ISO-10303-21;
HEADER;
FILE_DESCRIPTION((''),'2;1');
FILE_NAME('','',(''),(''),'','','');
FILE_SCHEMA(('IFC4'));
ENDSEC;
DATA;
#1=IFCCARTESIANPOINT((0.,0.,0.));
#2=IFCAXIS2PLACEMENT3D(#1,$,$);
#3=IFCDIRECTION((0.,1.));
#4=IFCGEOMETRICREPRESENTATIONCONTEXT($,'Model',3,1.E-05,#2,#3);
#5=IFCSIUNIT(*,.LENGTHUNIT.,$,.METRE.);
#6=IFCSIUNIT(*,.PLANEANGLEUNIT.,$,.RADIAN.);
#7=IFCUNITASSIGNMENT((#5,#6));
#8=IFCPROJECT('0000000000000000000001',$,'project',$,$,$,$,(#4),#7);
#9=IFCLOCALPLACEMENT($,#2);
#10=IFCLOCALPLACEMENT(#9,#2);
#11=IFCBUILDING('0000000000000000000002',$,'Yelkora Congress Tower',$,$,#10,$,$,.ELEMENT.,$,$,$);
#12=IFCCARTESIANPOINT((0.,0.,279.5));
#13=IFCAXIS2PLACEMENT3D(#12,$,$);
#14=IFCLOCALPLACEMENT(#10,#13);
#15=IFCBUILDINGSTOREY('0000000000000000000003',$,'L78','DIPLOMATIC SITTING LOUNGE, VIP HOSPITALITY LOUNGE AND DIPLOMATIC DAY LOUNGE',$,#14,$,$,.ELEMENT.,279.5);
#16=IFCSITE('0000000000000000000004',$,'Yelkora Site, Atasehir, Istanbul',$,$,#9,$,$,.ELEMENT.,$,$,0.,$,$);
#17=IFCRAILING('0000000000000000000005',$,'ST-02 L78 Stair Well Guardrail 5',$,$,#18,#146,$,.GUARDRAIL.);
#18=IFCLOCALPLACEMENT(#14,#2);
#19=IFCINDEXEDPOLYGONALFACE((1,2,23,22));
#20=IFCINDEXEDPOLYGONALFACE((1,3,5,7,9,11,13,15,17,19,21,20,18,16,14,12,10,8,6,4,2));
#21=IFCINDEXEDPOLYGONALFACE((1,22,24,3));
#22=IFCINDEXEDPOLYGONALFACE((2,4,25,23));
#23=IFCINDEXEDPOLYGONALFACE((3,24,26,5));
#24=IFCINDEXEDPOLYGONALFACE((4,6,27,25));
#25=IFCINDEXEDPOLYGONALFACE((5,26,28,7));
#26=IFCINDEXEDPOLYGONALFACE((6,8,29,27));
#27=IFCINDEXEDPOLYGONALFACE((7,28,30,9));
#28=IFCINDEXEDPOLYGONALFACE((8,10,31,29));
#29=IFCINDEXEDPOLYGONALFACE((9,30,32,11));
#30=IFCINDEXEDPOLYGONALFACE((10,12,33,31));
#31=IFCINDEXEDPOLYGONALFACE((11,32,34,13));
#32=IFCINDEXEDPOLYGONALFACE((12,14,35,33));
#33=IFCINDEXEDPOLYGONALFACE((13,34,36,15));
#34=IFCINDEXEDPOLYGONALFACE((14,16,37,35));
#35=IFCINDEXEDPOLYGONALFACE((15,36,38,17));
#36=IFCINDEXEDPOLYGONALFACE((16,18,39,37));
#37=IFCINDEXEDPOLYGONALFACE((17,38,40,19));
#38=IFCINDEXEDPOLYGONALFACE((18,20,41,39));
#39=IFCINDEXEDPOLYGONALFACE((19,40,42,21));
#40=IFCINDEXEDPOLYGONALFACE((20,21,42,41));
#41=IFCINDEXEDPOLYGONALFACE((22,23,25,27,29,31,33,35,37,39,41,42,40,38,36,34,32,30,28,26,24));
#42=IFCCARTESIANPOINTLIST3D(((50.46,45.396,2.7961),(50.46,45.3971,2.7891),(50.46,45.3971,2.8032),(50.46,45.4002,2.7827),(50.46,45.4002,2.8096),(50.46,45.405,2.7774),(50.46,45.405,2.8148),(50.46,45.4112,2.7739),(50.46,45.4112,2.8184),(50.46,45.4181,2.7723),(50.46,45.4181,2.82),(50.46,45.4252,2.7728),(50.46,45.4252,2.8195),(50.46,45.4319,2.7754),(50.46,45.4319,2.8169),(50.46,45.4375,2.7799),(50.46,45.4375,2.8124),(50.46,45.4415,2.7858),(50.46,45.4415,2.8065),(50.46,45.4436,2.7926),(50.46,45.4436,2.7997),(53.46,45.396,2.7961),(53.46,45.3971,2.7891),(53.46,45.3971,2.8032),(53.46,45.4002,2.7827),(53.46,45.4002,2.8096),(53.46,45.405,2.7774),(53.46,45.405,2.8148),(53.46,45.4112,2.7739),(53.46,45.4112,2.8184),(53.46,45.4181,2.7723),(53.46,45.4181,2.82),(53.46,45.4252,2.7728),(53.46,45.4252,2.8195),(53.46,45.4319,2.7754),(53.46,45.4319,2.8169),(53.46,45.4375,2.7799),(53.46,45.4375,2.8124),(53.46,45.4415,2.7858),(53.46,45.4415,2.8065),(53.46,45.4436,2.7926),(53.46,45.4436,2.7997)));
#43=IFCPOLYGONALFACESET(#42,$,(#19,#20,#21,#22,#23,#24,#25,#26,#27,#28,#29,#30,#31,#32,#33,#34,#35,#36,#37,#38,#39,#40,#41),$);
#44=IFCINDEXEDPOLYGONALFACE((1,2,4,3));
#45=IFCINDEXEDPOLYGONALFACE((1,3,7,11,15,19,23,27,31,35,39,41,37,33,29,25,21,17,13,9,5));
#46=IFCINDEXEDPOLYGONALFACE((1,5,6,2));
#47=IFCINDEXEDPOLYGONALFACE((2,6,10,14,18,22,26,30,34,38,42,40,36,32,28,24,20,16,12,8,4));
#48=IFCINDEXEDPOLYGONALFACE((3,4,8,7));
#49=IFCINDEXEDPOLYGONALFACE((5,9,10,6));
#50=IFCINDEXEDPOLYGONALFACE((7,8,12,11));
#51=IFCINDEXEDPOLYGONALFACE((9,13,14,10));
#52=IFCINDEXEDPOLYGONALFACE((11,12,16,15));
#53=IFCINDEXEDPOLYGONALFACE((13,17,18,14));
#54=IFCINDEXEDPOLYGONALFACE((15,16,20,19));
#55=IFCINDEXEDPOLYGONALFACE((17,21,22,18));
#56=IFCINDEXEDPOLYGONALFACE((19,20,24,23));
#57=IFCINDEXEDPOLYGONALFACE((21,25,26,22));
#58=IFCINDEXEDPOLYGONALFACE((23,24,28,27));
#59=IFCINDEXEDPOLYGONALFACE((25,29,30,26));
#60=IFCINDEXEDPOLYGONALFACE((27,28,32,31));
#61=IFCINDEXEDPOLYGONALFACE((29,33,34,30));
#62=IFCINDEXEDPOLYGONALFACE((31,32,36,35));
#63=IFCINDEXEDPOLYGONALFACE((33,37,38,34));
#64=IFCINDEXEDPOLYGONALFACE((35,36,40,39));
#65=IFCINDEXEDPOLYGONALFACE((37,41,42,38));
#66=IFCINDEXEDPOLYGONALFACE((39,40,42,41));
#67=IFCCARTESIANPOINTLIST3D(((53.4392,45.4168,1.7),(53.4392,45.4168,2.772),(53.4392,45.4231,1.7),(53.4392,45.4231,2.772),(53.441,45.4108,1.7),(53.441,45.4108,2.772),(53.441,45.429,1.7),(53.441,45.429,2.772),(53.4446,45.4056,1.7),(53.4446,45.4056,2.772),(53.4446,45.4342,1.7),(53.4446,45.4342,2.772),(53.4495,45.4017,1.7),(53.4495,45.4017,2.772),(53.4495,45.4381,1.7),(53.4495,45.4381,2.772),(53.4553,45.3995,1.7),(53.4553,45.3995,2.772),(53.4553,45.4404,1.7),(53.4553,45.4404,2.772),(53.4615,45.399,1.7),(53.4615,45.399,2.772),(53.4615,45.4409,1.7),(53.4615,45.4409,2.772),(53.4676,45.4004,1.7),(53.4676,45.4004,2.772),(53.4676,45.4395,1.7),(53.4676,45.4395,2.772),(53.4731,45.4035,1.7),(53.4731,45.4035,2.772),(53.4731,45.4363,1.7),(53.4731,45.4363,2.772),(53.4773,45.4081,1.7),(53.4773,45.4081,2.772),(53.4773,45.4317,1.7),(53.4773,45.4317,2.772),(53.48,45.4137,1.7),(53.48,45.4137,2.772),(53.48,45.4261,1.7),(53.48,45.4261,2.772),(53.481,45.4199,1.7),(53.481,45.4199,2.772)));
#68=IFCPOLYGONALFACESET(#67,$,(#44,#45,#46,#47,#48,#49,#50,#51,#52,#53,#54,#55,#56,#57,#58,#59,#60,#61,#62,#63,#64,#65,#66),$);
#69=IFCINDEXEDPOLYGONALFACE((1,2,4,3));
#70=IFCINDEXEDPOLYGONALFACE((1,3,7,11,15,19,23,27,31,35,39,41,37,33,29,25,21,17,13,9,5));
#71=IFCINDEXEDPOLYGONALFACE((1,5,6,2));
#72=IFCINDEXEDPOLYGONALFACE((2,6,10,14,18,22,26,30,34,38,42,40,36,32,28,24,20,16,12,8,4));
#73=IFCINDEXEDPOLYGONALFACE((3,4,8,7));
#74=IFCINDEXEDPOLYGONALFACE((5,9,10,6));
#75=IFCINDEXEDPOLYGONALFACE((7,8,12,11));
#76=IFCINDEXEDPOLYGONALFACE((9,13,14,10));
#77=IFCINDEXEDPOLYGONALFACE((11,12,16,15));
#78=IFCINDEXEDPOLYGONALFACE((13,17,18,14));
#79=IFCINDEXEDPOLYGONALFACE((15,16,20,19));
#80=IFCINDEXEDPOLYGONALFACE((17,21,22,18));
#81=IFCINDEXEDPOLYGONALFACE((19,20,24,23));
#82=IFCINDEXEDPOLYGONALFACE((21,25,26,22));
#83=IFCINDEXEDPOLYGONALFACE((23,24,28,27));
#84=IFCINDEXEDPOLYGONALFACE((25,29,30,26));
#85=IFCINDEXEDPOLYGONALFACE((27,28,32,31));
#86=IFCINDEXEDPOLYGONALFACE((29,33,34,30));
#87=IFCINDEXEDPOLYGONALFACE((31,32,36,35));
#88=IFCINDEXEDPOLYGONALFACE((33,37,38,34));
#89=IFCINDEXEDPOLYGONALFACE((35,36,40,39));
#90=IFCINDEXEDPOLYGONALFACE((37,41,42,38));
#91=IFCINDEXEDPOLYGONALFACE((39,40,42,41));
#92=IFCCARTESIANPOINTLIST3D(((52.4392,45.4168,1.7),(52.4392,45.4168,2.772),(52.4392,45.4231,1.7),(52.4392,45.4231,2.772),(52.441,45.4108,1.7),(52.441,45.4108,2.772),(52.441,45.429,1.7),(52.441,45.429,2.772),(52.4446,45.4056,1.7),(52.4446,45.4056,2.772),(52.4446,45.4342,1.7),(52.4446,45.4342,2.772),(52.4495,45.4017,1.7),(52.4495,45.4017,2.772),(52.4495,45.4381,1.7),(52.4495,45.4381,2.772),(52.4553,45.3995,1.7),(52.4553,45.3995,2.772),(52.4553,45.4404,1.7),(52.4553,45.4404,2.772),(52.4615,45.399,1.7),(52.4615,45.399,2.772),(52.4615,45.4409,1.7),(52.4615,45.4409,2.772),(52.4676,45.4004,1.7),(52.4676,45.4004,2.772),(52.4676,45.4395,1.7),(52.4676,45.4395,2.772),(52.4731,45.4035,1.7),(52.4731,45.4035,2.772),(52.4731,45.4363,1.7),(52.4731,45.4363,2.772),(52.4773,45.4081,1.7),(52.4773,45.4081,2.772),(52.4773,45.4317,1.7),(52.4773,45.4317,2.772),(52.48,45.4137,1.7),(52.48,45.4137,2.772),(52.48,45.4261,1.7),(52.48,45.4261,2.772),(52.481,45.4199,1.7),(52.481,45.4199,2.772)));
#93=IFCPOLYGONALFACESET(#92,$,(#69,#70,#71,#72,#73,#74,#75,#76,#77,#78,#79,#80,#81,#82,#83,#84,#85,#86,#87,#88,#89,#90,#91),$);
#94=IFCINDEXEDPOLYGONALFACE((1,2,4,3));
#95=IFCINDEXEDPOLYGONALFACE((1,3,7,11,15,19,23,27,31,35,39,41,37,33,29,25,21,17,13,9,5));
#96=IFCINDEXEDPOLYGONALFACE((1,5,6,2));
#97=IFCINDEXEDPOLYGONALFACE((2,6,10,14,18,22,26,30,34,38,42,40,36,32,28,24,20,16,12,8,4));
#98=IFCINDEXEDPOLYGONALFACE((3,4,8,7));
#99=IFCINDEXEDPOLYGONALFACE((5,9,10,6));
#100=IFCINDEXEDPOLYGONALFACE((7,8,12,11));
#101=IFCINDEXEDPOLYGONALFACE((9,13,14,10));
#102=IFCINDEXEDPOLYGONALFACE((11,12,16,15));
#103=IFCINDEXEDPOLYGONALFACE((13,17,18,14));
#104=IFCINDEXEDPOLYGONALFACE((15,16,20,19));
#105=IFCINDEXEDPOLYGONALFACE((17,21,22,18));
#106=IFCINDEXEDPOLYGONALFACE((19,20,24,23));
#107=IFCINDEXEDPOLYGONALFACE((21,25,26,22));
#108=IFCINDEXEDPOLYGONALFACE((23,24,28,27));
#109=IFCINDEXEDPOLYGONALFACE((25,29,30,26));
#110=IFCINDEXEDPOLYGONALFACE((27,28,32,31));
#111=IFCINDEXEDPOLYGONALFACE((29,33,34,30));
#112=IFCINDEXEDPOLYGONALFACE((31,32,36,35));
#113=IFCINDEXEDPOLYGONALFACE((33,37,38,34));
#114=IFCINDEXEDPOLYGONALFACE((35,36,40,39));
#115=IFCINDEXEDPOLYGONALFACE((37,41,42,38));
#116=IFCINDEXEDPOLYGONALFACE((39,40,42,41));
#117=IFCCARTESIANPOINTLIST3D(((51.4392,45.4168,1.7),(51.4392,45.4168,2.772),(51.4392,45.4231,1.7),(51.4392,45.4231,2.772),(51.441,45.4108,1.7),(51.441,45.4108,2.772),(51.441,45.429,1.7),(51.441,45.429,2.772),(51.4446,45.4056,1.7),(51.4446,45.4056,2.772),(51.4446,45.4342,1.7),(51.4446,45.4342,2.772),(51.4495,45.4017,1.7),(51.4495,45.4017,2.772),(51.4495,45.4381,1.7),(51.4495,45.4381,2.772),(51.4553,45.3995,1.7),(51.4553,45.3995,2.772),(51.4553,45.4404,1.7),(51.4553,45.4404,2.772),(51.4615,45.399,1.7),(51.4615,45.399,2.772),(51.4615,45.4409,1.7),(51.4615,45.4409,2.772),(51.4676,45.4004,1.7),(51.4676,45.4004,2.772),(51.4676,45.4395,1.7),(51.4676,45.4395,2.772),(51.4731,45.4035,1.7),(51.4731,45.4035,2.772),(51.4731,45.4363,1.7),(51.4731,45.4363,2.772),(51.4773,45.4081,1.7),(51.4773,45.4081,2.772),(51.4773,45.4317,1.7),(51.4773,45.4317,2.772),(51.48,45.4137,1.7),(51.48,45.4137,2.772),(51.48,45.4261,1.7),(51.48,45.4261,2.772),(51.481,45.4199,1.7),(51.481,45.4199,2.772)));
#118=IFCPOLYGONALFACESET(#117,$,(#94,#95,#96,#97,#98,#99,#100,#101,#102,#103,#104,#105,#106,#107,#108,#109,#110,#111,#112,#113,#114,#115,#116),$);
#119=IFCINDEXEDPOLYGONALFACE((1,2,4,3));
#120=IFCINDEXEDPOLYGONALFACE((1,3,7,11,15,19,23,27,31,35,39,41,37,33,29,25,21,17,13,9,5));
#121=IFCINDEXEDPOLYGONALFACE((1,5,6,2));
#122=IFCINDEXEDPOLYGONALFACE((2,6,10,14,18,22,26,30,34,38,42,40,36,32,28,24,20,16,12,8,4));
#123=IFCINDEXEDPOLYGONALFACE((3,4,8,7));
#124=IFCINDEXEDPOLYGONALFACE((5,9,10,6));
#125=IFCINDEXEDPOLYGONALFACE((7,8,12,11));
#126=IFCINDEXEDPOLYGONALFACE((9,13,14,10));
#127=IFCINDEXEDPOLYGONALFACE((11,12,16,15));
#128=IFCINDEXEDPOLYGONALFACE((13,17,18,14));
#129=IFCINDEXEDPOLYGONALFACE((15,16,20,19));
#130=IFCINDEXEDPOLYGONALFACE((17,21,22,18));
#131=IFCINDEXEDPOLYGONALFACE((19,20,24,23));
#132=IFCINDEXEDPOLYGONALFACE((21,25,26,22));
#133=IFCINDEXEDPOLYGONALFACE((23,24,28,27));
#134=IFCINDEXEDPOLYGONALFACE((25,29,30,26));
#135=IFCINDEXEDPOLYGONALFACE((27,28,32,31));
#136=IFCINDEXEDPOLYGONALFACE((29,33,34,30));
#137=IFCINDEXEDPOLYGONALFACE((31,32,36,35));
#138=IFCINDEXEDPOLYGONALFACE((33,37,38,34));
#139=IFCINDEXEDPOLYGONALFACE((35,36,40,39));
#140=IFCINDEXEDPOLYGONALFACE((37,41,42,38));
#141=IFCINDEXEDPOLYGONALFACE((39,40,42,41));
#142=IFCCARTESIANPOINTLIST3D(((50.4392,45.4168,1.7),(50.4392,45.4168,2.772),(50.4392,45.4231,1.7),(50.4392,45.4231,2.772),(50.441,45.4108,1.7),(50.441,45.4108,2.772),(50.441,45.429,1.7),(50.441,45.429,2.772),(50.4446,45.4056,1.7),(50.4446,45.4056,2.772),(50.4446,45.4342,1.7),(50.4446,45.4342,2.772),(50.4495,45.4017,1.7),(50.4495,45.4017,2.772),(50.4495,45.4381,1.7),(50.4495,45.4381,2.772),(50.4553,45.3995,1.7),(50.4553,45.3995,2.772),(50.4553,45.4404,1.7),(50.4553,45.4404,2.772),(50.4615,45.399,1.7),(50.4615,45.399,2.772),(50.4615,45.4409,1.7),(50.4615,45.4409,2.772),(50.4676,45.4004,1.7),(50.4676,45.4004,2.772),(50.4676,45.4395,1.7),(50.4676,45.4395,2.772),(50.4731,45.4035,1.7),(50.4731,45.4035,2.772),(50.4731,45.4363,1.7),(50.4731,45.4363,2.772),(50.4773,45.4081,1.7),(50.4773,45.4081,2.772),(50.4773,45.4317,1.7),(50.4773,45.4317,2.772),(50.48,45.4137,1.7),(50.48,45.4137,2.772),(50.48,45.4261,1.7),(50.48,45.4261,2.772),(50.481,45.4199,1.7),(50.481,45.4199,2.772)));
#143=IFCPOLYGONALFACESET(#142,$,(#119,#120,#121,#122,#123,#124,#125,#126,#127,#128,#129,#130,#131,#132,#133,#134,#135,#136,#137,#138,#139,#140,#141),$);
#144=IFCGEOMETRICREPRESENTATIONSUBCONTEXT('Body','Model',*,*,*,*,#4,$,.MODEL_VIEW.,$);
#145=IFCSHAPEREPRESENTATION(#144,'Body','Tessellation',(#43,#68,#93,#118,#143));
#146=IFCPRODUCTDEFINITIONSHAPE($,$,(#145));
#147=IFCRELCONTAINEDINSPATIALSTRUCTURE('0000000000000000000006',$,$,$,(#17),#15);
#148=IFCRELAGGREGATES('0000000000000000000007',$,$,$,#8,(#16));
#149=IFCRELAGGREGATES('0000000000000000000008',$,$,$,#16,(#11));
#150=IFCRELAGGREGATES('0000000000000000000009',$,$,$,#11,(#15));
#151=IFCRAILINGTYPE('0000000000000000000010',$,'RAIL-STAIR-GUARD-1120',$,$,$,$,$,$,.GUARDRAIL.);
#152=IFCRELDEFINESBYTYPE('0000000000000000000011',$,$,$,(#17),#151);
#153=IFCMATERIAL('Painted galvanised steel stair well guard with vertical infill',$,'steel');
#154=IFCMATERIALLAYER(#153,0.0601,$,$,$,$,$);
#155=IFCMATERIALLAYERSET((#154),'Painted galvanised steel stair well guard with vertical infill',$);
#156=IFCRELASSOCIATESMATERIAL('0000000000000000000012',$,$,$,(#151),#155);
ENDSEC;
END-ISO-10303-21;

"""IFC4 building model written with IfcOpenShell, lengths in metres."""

from ifc_helpers import new_model, si_unit, direction, frame, origin, origin_2d, place, context, subcontext, project, spatial, circle, extrude, material, layer, layer_set, type_object, element, save


model = new_model("IFC4")

# Units and contexts
model_context = context("Model", 3, precision=1e-05, world=origin(), true_north=direction((0.0, 1.0)))
body_context = subcontext(model_context, "Body", "Model", "MODEL_VIEW")
ifc_project = project(units=[si_unit("LENGTHUNIT", "METRE"), si_unit("PLANEANGLEUNIT", "RADIAN")], contexts=[model_context])

# Site, building, storey
site_placement = place(None, origin())
site = spatial("IfcSite", under=ifc_project, at=site_placement, Name="Yelkora Site, Atasehir, Istanbul", CompositionType="ELEMENT", RefElevation=0.0)
building_placement = place(site_placement, origin())
building = spatial("IfcBuilding", under=site, at=building_placement, Name="Yelkora Congress Tower", CompositionType="ELEMENT")
storey_placement = place(building_placement, frame((0.0, 0.0, 279.5)))
storey = spatial("IfcBuildingStorey", under=building, at=storey_placement, Name="L78", Description="DIPLOMATIC SITTING LOUNGE, VIP HOSPITALITY LOUNGE AND DIPLOMATIC DAY LOUNGE", CompositionType="ELEMENT", Elevation=279.5)

# Railing
ifc_material_1 = material(Name="Painted galvanised steel stair well guard with vertical infill", Category="steel")
ifc_layer_1 = layer(ifc_material_1, 0.0601)
ifc_layer_set_1 = layer_set([ifc_layer_1], Name="Painted galvanised steel stair well guard with vertical infill")
railing_type = type_object("IfcRailingType", Name="RAIL-STAIR-GUARD-1120", PredefinedType="GUARDRAIL", material=ifc_layer_set_1)
railing_1_placement = place(storey_placement, frame((53.46, 45.4199, 1.7)))
element("IfcRailing", 1, at=railing_1_placement, inside=storey, type_object=railing_type, Name="ST-02 L78 Stair Well Guardrail 5", PredefinedType="GUARDRAIL", context=body_context, shape_type="SweptSolid", body=[
    extrude(circle(Radius=0.0239, at=origin_2d()), frame((0.0, 0.0, 1.0962), z_axis=(-1.0, 0.0, 0.0), x_axis=(0.0, -1.0, 0.0)), (0.0, 0.0, 1.0), 3.0),
    extrude(circle(Radius=0.021, at=origin_2d()), origin(), (0.0, 0.0, 1.0), 1.072),
    extrude(circle(Radius=0.021, at=origin_2d()), frame((-1.0, 0.0, 0.0)), (0.0, 0.0, 1.0), 1.072),
    extrude(circle(Radius=0.021, at=origin_2d()), frame((-2.0, 0.0, 0.0)), (0.0, 0.0, 1.0), 1.072),
    extrude(circle(Radius=0.021, at=origin_2d()), frame((-3.0, 0.0, 0.0)), (0.0, 0.0, 1.0), 1.072),
])

save(model, "model.ifc")
